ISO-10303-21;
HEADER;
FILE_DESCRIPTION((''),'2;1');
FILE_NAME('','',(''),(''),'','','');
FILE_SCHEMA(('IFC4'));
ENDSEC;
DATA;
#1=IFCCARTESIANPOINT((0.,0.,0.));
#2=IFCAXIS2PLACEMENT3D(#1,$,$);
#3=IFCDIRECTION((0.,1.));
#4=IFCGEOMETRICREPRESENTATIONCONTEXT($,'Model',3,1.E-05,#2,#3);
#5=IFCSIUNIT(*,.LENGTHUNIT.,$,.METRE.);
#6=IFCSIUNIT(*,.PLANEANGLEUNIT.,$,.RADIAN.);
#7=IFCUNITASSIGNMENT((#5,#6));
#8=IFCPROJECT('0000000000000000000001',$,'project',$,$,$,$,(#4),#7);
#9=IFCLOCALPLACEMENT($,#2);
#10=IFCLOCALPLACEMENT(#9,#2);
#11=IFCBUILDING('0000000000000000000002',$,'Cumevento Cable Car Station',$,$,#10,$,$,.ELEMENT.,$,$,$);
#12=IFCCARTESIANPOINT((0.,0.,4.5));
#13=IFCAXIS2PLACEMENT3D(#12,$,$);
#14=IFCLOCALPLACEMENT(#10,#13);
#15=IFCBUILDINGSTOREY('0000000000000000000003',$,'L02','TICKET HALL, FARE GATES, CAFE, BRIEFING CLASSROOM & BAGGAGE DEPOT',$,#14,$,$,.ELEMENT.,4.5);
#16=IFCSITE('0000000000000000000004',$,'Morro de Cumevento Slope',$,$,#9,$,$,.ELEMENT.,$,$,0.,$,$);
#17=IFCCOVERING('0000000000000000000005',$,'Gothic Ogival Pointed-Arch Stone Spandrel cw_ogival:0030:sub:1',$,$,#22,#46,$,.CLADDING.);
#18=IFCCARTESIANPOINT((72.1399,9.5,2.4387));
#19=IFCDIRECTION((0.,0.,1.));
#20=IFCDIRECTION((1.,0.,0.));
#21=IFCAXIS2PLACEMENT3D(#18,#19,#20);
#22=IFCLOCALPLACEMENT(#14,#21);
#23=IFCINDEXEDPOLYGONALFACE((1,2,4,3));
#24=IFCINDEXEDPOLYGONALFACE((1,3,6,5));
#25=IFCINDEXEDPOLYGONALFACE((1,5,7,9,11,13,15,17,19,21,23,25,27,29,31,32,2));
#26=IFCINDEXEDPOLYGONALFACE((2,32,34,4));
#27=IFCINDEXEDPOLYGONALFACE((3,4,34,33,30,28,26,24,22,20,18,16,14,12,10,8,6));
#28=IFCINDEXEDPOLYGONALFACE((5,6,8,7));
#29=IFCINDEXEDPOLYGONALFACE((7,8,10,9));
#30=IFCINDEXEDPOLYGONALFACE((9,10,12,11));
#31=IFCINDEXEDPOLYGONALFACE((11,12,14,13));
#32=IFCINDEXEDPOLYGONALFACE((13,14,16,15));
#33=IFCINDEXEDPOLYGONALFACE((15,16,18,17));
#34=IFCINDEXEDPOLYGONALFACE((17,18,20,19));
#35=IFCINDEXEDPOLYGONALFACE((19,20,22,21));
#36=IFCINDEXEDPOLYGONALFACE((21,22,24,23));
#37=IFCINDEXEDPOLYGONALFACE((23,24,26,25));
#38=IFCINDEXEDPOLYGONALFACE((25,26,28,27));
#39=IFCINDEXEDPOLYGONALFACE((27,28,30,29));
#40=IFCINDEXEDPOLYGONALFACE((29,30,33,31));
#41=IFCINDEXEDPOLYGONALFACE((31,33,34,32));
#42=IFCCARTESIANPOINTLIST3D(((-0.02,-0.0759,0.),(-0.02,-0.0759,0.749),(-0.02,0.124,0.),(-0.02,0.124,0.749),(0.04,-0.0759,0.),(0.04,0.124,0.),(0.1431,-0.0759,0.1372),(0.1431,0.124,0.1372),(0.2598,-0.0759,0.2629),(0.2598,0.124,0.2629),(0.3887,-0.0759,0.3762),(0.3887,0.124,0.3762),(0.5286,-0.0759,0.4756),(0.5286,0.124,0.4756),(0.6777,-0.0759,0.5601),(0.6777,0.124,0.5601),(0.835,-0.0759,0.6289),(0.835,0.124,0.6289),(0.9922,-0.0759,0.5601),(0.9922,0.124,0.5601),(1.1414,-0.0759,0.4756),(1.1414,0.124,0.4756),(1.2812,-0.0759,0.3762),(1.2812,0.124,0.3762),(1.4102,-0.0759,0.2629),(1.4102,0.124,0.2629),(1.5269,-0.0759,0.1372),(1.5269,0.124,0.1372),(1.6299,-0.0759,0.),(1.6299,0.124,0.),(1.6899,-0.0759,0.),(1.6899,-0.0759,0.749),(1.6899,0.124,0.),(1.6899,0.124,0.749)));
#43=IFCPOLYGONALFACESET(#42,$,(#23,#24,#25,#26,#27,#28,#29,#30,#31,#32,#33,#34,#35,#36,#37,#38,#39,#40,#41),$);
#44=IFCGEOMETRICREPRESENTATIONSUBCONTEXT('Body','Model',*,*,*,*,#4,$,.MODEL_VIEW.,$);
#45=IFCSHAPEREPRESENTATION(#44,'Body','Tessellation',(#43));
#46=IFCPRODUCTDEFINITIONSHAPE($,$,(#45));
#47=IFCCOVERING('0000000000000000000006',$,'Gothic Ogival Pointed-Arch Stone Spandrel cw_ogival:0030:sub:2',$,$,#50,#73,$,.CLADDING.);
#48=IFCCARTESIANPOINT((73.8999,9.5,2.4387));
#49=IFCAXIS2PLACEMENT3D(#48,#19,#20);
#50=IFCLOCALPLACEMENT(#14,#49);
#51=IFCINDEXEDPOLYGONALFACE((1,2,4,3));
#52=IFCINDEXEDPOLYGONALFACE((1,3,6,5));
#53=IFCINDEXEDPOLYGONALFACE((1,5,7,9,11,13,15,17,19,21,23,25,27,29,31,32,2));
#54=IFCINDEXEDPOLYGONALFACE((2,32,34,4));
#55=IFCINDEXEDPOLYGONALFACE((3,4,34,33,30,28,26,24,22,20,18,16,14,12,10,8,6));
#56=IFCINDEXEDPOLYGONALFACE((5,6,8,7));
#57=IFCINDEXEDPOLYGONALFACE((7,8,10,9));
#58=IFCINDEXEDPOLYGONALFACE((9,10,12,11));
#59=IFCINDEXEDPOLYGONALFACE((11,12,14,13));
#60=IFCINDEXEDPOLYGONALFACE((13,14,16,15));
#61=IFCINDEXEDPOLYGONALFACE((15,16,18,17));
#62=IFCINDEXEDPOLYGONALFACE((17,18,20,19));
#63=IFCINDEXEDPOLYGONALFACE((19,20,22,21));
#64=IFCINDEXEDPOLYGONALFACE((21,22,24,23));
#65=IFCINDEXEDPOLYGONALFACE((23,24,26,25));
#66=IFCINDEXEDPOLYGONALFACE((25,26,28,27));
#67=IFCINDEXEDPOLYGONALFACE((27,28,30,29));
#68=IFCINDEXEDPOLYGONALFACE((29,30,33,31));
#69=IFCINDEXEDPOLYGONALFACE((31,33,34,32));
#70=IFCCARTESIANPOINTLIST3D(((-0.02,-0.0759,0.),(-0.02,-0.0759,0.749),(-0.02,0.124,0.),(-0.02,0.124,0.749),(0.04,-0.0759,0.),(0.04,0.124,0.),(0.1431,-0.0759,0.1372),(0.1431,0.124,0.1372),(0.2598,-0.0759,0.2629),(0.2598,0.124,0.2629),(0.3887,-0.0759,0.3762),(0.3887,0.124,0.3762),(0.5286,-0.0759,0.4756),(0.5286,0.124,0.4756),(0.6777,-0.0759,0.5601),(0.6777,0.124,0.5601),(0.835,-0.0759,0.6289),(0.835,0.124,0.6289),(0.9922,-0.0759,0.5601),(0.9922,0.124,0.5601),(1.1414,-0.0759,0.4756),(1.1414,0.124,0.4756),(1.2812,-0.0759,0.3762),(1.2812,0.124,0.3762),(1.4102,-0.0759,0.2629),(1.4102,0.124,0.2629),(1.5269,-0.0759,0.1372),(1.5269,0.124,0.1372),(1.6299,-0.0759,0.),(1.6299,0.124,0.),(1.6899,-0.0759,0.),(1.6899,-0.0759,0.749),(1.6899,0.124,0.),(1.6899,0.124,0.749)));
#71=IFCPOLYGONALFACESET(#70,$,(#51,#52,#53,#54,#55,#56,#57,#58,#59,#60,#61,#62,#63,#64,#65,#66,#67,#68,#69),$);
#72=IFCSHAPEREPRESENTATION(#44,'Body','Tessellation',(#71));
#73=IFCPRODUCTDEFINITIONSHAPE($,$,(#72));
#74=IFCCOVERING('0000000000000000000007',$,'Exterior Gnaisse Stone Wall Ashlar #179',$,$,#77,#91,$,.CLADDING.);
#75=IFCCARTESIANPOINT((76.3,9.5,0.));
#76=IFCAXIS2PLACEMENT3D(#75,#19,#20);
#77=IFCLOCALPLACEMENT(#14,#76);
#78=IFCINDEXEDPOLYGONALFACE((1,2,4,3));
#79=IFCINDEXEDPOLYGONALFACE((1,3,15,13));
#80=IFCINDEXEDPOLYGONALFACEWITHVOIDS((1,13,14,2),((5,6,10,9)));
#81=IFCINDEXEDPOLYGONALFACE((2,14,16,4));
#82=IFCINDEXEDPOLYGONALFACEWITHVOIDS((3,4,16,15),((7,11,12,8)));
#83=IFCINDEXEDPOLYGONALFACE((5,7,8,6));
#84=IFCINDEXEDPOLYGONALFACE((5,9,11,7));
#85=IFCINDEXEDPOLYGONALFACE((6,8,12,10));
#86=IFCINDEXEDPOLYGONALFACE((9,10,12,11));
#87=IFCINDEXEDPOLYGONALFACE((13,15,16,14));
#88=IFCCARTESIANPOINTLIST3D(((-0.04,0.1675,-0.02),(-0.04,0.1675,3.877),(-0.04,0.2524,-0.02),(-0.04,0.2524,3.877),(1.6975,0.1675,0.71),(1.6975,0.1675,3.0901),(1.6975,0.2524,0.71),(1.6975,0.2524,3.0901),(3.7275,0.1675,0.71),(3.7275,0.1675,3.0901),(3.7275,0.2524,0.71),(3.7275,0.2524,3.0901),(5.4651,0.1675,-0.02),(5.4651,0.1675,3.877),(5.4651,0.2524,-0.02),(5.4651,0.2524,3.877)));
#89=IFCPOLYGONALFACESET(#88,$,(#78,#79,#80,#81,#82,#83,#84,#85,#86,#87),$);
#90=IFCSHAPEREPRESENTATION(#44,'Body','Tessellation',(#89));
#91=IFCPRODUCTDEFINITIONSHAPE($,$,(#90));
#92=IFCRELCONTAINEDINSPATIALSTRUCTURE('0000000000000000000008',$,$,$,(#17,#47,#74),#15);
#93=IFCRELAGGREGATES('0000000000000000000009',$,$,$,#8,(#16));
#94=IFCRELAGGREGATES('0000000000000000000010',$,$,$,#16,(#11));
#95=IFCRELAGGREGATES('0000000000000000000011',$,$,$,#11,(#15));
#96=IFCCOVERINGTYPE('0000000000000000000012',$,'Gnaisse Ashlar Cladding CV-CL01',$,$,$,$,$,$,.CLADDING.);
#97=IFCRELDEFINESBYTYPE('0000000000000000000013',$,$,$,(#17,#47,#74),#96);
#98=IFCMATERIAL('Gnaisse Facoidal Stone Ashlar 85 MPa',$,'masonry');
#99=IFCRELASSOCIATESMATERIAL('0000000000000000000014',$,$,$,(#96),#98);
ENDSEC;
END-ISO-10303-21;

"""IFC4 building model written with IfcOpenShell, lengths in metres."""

from ifc_helpers import new_model, si_unit, direction, frame, origin, place, context, subcontext, project, spatial, polyline, outline, extrude, material, type_object, element, save


model = new_model("IFC4")

# Units and contexts
model_context = context("Model", 3, precision=1e-05, world=origin(), true_north=direction((0.0, 1.0)))
body_context = subcontext(model_context, "Body", "Model", "MODEL_VIEW")
ifc_project = project(units=[si_unit("LENGTHUNIT", "METRE"), si_unit("PLANEANGLEUNIT", "RADIAN")], contexts=[model_context])

# Site, building, storey
site_placement = place(None, origin())
site = spatial("IfcSite", under=ifc_project, at=site_placement, Name="Morro de Cumevento Slope", CompositionType="ELEMENT", RefElevation=0.0)
building_placement = place(site_placement, origin())
building = spatial("IfcBuilding", under=site, at=building_placement, Name="Cumevento Cable Car Station", CompositionType="ELEMENT")
storey_placement = place(building_placement, frame((0.0, 0.0, 4.5)))
storey = spatial("IfcBuildingStorey", under=building, at=storey_placement, Name="L02", Description="TICKET HALL, FARE GATES, CAFE, BRIEFING CLASSROOM & BAGGAGE DEPOT", CompositionType="ELEMENT", Elevation=4.5)

# Coverings
ifc_material_1 = material(Name="Gnaisse Facoidal Stone Ashlar 85 MPa", Category="masonry")
covering_type = type_object("IfcCoveringType", Name="Gnaisse Ashlar Cladding CV-CL01", PredefinedType="CLADDING", material=ifc_material_1)
for number, where, z_axis, x_axis, name in (
    (1, (72.1399, 9.5, 2.4387), (0.0, 0.0, 1.0), (1.0, 0.0, 0.0), "Gothic Ogival Pointed-Arch Stone Spandrel cw_ogival:0030:sub:1"),
    (2, (73.8999, 9.5, 2.4387), (0.0, 0.0, 1.0), (1.0, 0.0, 0.0), "Gothic Ogival Pointed-Arch Stone Spandrel cw_ogival:0030:sub:2"),
):
    element("IfcCovering", number, at=place(storey_placement, frame(where, z_axis=z_axis, x_axis=x_axis)), inside=storey, type_object=covering_type, Name=name, PredefinedType="CLADDING", context=body_context, shape_type="SweptSolid", body=[
        extrude(outline(polyline([(-0.02, 0.0), (-0.02, 0.749), (1.6899, 0.749), (1.6899, 0.0), (1.6299, 0.0), (1.5269, 0.1372), (1.4102, 0.2629), (1.2812, 0.3762), (1.1414, 0.4756), (0.9922, 0.5601), (0.835, 0.6289), (0.6777, 0.5601), (0.5286, 0.4756), (0.3887, 0.3762), (0.2598, 0.2629), (0.1431, 0.1372), (0.04, 0.0), (-0.02, 0.0)])), frame((0.0, 0.124, 0.0), z_axis=(0.0, -1.0, 0.0), x_axis=(1.0, 0.0, 0.0)), (0.0, 0.0, 1.0), 0.2),
    ])
covering_1_placement = place(storey_placement, frame((76.3, 9.5, 0.0), z_axis=(0.0, 0.0, 1.0), x_axis=(1.0, 0.0, 0.0)))
element("IfcCovering", 3, at=covering_1_placement, inside=storey, type_object=covering_type, Name="Exterior Gnaisse Stone Wall Ashlar #179", PredefinedType="CLADDING", context=body_context, shape_type="SweptSolid", body=[
    extrude(outline(polyline([(-0.04, -0.02), (5.4651, -0.02), (5.4651, 3.877), (-0.04, 3.877), (-0.04, -0.02)]), holes=[polyline([(1.6975, 0.71), (3.7275, 0.71), (3.7275, 3.0901), (1.6975, 3.0901), (1.6975, 0.71)])]), frame((0.0, 0.2524, 0.0), z_axis=(0.0, -1.0, 0.0), x_axis=(1.0, 0.0, 0.0)), (0.0, 0.0, 1.0), 0.085),
])

save(model, "model.ifc")
